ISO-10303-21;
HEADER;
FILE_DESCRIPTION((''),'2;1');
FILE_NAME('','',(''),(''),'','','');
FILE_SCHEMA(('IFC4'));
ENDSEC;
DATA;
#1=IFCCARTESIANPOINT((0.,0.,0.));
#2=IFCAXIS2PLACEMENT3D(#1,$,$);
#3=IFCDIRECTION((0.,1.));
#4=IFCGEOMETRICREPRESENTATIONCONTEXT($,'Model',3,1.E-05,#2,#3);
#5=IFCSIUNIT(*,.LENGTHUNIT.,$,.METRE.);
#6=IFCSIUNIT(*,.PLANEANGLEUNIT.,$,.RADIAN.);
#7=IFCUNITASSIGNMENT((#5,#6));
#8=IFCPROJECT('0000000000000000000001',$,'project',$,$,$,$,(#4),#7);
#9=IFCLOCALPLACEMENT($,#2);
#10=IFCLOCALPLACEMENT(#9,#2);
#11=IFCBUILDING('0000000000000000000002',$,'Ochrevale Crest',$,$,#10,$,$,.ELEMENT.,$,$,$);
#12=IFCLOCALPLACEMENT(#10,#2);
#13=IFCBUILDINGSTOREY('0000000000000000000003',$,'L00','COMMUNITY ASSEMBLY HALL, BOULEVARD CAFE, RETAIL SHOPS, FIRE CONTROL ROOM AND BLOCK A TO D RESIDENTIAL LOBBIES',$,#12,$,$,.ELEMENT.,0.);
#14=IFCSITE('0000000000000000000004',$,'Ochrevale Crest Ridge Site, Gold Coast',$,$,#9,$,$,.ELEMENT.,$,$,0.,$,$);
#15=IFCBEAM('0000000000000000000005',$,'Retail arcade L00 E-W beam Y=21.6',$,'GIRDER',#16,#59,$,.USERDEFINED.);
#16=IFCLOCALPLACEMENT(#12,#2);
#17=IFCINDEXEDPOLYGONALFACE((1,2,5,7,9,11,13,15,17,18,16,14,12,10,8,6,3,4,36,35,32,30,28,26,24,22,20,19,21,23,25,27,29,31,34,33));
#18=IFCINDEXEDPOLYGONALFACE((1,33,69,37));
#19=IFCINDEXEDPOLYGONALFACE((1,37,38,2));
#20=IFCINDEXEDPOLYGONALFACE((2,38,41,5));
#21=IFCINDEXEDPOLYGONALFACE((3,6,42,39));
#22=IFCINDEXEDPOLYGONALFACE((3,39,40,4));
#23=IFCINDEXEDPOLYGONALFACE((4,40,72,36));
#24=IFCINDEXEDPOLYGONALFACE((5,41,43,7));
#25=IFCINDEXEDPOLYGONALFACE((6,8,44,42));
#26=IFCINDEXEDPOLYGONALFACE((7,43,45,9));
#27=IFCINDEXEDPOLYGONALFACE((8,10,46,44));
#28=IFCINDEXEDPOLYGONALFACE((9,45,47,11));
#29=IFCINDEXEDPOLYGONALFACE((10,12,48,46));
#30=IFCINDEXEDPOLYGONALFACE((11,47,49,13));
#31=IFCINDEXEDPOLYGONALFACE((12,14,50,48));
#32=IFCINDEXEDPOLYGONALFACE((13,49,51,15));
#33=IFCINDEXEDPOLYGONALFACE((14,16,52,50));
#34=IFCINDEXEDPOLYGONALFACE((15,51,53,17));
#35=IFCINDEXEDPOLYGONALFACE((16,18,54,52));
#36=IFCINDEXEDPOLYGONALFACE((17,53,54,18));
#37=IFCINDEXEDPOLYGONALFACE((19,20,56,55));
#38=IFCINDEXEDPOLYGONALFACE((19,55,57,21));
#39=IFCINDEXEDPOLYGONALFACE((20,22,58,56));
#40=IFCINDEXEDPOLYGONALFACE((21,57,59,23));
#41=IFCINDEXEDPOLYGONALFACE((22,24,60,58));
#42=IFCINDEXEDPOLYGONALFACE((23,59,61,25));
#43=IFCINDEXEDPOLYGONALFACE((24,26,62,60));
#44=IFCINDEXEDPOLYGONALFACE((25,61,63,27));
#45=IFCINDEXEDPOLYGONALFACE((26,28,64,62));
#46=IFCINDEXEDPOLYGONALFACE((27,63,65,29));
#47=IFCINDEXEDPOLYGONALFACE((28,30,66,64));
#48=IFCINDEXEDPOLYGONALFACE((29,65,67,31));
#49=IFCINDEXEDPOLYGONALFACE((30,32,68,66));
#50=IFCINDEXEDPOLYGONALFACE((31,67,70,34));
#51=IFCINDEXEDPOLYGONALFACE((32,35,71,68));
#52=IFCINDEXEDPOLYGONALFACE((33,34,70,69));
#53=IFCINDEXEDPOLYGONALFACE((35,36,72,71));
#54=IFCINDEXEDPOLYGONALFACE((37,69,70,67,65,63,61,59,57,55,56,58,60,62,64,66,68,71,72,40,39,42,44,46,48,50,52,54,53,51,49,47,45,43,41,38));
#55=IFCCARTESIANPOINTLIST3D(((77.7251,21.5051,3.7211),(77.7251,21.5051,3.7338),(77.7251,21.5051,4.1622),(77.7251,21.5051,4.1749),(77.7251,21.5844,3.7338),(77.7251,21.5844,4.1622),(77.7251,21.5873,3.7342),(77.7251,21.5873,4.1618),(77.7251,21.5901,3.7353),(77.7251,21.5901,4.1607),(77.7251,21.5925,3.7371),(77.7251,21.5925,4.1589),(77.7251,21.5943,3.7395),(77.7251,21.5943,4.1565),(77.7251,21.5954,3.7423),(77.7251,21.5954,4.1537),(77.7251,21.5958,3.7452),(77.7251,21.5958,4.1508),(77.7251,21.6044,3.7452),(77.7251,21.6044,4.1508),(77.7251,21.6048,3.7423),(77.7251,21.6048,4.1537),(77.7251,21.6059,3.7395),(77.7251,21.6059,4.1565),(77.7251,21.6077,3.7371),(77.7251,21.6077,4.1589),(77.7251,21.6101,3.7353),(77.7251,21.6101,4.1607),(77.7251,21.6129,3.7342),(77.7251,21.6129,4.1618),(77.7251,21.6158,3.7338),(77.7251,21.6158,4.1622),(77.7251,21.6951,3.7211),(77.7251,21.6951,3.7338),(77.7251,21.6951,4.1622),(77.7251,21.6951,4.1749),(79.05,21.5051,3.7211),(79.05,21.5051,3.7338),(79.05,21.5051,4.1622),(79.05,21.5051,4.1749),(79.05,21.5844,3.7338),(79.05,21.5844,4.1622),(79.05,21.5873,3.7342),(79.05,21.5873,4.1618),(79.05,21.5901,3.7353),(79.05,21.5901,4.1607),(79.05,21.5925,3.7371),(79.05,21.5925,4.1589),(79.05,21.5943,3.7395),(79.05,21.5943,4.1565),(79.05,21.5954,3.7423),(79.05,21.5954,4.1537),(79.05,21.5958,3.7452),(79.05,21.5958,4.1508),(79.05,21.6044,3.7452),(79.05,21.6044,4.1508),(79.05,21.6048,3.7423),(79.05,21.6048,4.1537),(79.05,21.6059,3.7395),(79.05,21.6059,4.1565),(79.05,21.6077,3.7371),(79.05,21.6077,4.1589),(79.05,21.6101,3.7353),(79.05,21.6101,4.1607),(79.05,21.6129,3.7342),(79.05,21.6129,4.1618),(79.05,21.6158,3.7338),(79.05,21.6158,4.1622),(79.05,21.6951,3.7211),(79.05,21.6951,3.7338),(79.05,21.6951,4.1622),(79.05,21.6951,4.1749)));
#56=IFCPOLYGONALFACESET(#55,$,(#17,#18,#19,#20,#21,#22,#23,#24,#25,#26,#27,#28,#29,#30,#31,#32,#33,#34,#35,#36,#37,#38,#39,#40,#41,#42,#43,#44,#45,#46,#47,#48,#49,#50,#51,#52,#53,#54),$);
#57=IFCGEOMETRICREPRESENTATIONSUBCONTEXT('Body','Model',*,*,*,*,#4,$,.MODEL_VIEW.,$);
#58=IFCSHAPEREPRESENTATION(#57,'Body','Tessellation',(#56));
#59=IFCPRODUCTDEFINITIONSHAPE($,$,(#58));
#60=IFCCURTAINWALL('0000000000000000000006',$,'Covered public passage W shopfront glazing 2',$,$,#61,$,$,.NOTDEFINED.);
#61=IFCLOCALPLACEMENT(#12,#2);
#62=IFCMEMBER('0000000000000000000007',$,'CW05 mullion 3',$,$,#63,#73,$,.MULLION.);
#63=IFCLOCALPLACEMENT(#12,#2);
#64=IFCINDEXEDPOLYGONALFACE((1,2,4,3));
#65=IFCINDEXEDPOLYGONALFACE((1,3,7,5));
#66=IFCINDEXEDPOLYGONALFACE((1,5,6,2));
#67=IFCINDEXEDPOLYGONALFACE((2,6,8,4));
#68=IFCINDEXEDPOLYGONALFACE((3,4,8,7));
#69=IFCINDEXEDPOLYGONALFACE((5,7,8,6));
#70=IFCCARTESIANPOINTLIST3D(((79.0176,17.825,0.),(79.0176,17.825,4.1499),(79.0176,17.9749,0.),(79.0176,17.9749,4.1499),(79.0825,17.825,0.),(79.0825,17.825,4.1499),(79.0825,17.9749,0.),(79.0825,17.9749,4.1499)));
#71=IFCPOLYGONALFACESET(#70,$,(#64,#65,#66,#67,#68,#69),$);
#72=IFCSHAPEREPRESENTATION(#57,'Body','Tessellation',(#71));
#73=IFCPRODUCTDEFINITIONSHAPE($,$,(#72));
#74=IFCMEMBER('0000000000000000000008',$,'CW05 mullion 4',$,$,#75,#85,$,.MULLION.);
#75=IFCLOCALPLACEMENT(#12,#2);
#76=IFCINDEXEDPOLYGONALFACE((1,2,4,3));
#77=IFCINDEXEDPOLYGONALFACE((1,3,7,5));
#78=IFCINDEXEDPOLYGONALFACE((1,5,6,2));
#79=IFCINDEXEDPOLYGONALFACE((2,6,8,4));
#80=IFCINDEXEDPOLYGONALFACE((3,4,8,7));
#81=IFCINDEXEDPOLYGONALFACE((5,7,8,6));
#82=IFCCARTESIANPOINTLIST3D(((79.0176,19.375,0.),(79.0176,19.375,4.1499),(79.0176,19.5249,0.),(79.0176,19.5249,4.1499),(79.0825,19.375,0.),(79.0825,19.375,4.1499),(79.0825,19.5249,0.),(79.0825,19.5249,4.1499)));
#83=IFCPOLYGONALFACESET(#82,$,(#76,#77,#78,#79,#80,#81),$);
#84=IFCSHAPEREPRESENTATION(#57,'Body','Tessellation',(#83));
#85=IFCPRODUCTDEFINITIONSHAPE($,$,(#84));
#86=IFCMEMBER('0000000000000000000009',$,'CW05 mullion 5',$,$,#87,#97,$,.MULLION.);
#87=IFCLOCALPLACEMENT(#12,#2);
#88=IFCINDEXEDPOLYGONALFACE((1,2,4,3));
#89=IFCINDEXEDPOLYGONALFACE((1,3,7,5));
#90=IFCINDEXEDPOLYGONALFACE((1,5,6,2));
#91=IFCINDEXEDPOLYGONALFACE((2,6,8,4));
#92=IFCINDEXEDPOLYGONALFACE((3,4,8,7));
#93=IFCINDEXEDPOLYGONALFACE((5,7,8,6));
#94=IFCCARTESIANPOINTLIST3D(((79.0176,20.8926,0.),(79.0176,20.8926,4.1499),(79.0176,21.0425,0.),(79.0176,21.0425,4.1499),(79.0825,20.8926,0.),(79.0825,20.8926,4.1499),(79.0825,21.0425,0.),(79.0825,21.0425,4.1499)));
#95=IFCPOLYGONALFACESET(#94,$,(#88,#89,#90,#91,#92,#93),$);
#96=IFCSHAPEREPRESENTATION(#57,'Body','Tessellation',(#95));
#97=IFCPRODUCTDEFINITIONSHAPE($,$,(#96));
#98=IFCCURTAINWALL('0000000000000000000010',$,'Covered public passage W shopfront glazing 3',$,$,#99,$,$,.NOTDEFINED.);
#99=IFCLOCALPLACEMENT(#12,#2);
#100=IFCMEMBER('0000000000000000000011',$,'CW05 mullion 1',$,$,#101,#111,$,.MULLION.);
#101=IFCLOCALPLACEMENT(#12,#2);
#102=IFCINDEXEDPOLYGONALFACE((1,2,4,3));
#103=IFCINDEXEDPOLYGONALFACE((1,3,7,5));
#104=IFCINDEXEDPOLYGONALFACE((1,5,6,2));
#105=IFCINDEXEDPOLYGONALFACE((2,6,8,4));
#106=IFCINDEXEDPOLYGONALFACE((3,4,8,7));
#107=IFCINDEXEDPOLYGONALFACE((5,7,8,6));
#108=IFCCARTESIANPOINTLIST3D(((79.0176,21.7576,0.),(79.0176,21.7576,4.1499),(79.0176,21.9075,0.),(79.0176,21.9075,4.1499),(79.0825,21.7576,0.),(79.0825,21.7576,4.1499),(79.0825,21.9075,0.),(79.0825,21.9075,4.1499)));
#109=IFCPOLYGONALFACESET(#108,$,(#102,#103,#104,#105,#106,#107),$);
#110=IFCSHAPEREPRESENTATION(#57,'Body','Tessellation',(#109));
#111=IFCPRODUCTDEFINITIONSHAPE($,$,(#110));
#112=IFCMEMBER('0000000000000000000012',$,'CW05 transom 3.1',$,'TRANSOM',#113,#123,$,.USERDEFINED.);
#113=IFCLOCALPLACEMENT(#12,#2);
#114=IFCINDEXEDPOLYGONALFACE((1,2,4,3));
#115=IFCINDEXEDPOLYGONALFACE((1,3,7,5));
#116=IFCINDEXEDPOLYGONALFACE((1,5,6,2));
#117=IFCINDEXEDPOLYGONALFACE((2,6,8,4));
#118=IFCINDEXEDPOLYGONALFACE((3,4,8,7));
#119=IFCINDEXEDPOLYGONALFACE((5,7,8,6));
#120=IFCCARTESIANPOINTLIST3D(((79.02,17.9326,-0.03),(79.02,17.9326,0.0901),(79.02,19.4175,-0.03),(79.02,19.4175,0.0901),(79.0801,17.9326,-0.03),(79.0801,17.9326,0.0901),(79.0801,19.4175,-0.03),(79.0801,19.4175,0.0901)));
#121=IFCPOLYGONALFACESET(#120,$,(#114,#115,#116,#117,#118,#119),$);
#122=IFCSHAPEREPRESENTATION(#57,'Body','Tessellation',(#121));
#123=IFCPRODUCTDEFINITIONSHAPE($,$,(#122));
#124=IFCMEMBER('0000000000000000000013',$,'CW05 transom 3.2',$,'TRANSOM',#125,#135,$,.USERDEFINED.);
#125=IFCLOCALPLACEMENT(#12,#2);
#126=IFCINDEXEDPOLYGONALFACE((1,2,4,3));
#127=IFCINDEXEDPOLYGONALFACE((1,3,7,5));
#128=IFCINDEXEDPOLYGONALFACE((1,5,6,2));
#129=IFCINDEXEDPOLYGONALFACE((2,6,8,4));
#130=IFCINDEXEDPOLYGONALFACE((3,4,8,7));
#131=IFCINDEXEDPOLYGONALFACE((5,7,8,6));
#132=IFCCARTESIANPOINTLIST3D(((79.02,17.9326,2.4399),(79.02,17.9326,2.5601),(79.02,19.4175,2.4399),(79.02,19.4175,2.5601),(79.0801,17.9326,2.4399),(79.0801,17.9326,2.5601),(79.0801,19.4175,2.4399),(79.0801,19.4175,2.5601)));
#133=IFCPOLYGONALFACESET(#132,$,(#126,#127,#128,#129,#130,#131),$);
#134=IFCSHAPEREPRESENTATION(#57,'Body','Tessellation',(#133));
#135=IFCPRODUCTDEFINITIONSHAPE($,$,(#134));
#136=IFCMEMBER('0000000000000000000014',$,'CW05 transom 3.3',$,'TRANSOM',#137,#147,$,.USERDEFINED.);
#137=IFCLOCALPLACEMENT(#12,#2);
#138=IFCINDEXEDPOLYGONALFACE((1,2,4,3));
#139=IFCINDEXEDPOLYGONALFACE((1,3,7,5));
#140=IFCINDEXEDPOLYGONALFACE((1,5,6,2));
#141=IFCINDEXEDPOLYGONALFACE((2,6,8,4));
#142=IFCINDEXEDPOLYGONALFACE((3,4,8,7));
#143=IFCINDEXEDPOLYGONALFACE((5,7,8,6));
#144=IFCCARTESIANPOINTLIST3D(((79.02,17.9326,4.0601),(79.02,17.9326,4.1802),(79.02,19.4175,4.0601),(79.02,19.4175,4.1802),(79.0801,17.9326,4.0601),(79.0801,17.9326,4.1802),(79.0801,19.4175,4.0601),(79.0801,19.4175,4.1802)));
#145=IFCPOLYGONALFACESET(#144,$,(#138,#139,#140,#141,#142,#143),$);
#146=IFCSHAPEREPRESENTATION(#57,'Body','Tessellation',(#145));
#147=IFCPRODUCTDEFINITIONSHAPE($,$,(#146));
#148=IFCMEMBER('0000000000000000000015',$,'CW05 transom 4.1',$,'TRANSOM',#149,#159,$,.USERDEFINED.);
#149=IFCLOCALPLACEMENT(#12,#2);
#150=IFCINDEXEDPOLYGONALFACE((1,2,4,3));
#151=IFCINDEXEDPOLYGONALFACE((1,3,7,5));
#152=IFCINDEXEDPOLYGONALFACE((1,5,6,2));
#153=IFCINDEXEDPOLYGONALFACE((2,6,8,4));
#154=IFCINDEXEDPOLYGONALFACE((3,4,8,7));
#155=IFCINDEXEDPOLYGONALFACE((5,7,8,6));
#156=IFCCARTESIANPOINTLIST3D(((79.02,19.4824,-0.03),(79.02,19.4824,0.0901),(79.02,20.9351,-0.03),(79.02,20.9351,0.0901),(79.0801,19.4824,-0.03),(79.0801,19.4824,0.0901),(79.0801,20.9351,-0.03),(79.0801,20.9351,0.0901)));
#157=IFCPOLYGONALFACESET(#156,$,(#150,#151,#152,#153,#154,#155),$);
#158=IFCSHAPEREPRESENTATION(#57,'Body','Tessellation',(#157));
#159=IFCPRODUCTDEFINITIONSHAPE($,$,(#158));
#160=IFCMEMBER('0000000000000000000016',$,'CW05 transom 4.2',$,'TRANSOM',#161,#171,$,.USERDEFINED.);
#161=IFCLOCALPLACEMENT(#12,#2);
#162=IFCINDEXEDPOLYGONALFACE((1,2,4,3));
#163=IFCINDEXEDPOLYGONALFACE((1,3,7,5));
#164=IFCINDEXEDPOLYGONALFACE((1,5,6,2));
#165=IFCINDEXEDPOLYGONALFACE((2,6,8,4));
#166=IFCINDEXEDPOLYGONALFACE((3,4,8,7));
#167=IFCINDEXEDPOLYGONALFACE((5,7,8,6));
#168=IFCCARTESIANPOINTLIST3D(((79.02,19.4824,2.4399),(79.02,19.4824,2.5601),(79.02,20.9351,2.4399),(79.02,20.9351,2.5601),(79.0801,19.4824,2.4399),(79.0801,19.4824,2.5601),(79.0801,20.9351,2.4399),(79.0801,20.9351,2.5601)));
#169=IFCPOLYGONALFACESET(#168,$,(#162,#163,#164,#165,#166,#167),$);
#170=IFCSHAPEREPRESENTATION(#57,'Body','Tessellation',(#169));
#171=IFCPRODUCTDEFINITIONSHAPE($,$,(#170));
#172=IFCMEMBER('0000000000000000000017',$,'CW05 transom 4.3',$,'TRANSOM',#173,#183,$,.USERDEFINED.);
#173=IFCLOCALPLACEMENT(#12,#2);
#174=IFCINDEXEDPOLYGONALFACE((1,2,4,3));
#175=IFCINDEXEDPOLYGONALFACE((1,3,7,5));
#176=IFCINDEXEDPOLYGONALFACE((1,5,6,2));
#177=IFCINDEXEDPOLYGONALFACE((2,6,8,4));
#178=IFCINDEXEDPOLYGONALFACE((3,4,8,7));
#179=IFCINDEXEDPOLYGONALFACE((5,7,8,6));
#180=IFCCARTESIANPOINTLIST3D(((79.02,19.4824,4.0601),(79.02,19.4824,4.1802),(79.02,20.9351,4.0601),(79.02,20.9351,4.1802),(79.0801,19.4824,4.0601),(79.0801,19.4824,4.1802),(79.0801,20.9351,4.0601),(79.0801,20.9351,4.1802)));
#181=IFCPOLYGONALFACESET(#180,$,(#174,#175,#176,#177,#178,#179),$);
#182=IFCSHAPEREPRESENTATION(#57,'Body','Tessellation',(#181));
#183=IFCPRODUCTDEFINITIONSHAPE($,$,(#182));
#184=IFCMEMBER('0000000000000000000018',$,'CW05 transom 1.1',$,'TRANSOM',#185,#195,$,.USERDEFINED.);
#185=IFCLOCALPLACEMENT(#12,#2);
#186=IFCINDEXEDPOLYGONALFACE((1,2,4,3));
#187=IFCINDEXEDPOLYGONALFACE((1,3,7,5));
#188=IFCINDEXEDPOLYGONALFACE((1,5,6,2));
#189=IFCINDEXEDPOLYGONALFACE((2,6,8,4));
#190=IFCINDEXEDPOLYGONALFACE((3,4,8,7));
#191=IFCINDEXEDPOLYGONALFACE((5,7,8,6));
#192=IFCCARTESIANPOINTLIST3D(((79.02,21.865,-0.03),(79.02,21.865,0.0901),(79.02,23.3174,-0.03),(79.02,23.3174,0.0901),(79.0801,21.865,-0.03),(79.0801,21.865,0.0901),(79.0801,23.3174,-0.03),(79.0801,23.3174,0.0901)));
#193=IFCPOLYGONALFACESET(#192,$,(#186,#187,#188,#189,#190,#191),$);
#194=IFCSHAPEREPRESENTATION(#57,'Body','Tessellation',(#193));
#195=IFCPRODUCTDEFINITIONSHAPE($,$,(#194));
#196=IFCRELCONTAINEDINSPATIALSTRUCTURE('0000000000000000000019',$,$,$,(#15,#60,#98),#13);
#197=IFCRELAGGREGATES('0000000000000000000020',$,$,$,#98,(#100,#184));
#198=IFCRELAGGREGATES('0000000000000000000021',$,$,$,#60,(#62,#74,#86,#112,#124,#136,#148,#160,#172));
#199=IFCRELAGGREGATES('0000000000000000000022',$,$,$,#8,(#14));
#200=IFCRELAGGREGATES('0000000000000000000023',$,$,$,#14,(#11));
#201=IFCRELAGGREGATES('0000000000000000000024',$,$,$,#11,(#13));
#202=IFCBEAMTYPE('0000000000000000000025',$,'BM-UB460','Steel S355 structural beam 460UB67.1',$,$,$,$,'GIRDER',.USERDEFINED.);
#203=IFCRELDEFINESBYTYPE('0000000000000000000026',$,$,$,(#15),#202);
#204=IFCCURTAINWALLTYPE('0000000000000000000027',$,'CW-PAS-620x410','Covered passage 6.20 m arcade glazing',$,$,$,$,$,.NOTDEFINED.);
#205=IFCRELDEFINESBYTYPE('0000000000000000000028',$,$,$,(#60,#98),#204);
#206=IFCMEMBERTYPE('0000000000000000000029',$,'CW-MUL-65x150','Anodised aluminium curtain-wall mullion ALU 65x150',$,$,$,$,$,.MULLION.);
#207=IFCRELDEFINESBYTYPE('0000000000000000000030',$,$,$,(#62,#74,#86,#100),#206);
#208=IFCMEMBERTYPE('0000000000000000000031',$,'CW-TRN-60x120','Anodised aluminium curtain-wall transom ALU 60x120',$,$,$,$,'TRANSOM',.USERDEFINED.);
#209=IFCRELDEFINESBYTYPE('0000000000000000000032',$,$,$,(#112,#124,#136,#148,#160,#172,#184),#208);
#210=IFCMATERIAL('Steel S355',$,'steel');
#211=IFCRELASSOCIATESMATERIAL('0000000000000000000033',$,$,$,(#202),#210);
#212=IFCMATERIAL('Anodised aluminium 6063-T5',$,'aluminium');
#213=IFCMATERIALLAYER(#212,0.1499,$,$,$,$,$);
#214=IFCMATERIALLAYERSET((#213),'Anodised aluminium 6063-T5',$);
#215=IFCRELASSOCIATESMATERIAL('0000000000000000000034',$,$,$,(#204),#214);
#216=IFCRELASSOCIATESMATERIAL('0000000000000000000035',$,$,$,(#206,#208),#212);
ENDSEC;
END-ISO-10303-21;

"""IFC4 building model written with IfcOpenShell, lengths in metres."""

from ifc_helpers import new_model, si_unit, direction, frame, origin, origin_2d, place, context, subcontext, project, spatial, rectangle, i_section, extrude, material, layer, layer_set, material_profile, profile_set, type_object, element, aggregate, save


model = new_model("IFC4")

# Units and contexts
model_context = context("Model", 3, precision=1e-05, world=origin(), true_north=direction((0.0, 1.0)))
body_context = subcontext(model_context, "Body", "Model", "MODEL_VIEW")
ifc_project = project(units=[si_unit("LENGTHUNIT", "METRE"), si_unit("PLANEANGLEUNIT", "RADIAN")], contexts=[model_context])

# Site, building, storey
site_placement = place(None, origin())
site = spatial("IfcSite", under=ifc_project, at=site_placement, Name="Ochrevale Crest Ridge Site, Gold Coast", CompositionType="ELEMENT", RefElevation=0.0)
building_placement = place(site_placement, origin())
building = spatial("IfcBuilding", under=site, at=building_placement, Name="Ochrevale Crest", CompositionType="ELEMENT")
storey_placement = place(building_placement, origin())
storey = spatial("IfcBuildingStorey", under=building, at=storey_placement, Name="L00", Description="COMMUNITY ASSEMBLY HALL, BOULEVARD CAFE, RETAIL SHOPS, FIRE CONTROL ROOM AND BLOCK A TO D RESIDENTIAL LOBBIES", CompositionType="ELEMENT", Elevation=0.0)

# Beam
ifc_material_1 = material(Name="Steel S355", Category="steel")
ifc_material_profile_1 = material_profile(ifc_material_1, i_section(OverallWidth=0.1899, OverallDepth=0.4539, WebThickness=0.0085, FlangeThickness=0.0127, FilletRadius=0.0115, at=origin_2d()), Name="460UB67.1")
ifc_profile_set_1 = profile_set([ifc_material_profile_1], Name="Steel S355")
beam_type = type_object("IfcBeamType", Name="BM-UB460", Description="Steel S355 structural beam 460UB67.1", ElementType="GIRDER", PredefinedType="USERDEFINED", material=ifc_profile_set_1)
beam_placement = place(storey_placement, frame((77.7251, 21.6001, 3.948), z_axis=(1.0, 0.0, 0.0), x_axis=(0.0, 1.0, 0.0)))
element("IfcBeam", 1, at=beam_placement, inside=storey, type_object=beam_type, Name="Retail arcade L00 E-W beam Y=21.6", ObjectType="GIRDER", PredefinedType="USERDEFINED", context=body_context, shape_type="SweptSolid", body=[
    extrude(i_section(OverallWidth=0.1899, OverallDepth=0.4539, WebThickness=0.0085, FlangeThickness=0.0127, FilletRadius=0.0115, at=origin_2d()), origin(), (0.0, 0.0, 1.0), 1.325),
])

# Curtain wall, members
ifc_material_2 = material(Name="Anodised aluminium 6063-T5", Category="aluminium")
ifc_layer_1 = layer(ifc_material_2, 0.1499)
ifc_layer_set_1 = layer_set([ifc_layer_1], Name="Anodised aluminium 6063-T5")
curtain_wall_type = type_object("IfcCurtainWallType", Name="CW-PAS-620x410", Description="Covered passage 6.20 m arcade glazing", PredefinedType="NOTDEFINED", material=ifc_layer_set_1)
curtain_wall_1_placement = place(storey_placement, origin())
curtain_wall_1 = element("IfcCurtainWall", 2, at=curtain_wall_1_placement, inside=storey, type_object=curtain_wall_type, Name="Covered public passage W shopfront glazing 2", PredefinedType="NOTDEFINED")
ifc_material_profile_2 = material_profile(ifc_material_2, rectangle(XDim=0.0649, YDim=0.1499, at=origin_2d()), Name="ALU 65x150")
ifc_profile_set_2 = profile_set([ifc_material_profile_2], Name="Anodised aluminium 6063-T5")
member_type_1 = type_object("IfcMemberType", Name="CW-MUL-65x150", Description="Anodised aluminium curtain-wall mullion ALU 65x150", PredefinedType="MULLION", material=ifc_profile_set_2)
member_1_placement = place(storey_placement, frame((79.05, 17.8999, 0.0), z_axis=(0.0, 0.0, 1.0), x_axis=(-1.0, 0.0, 0.0)))
member_1 = element("IfcMember", 3, at=member_1_placement, type_object=member_type_1, Name="CW05 mullion 3", PredefinedType="MULLION", context=body_context, shape_type="SweptSolid", body=[
    extrude(rectangle(XDim=0.0649, YDim=0.1499, at=origin_2d()), origin(), (0.0, 0.0, 1.0), 4.1499),
])
member_2_placement = place(storey_placement, frame((79.05, 19.45, 0.0), z_axis=(0.0, 0.0, 1.0), x_axis=(-1.0, 0.0, 0.0)))
member_2 = element("IfcMember", 4, at=member_2_placement, type_object=member_type_1, Name="CW05 mullion 4", PredefinedType="MULLION", context=body_context, shape_type="SweptSolid", body=[
    extrude(rectangle(XDim=0.0649, YDim=0.1499, at=origin_2d()), origin(), (0.0, 0.0, 1.0), 4.1499),
])
member_3_placement = place(storey_placement, frame((79.05, 20.9675, 0.0), z_axis=(0.0, 0.0, 1.0), x_axis=(-1.0, 0.0, 0.0)))
member_3 = element("IfcMember", 5, at=member_3_placement, type_object=member_type_1, Name="CW05 mullion 5", PredefinedType="MULLION", context=body_context, shape_type="SweptSolid", body=[
    extrude(rectangle(XDim=0.0649, YDim=0.1499, at=origin_2d()), origin(), (0.0, 0.0, 1.0), 4.1499),
])

# Curtain wall, member
curtain_wall_2_placement = place(storey_placement, origin())
curtain_wall_2 = element("IfcCurtainWall", 6, at=curtain_wall_2_placement, inside=storey, type_object=curtain_wall_type, Name="Covered public passage W shopfront glazing 3", PredefinedType="NOTDEFINED")
member_4_placement = place(storey_placement, frame((79.05, 21.8325, 0.0), z_axis=(0.0, 0.0, 1.0), x_axis=(-1.0, 0.0, 0.0)))
member_4 = element("IfcMember", 7, at=member_4_placement, type_object=member_type_1, Name="CW05 mullion 1", PredefinedType="MULLION", context=body_context, shape_type="SweptSolid", body=[
    extrude(rectangle(XDim=0.0649, YDim=0.1499, at=origin_2d()), origin(), (0.0, 0.0, 1.0), 4.1499),
])

# Members
ifc_material_profile_3 = material_profile(ifc_material_2, rectangle(XDim=0.0601, YDim=0.1201, at=origin_2d()), Name="ALU 60x120")
ifc_profile_set_3 = profile_set([ifc_material_profile_3], Name="Anodised aluminium 6063-T5")
member_type_2 = type_object("IfcMemberType", Name="CW-TRN-60x120", Description="Anodised aluminium curtain-wall transom ALU 60x120", ElementType="TRANSOM", PredefinedType="USERDEFINED", material=ifc_profile_set_3)
member_5_placement = place(storey_placement, frame((79.05, 17.9326, 0.03), z_axis=(0.0, 1.0, 0.0), x_axis=(-1.0, 0.0, 0.0)))
member_5 = element("IfcMember", 8, at=member_5_placement, type_object=member_type_2, Name="CW05 transom 3.1", ObjectType="TRANSOM", PredefinedType="USERDEFINED", context=body_context, shape_type="SweptSolid", body=[
    extrude(rectangle(XDim=0.0601, YDim=0.1201, at=origin_2d()), origin(), (0.0, 0.0, 1.0), 1.4849),
])
member_6_placement = place(storey_placement, frame((79.05, 17.9326, 2.5), z_axis=(0.0, 1.0, 0.0), x_axis=(-1.0, 0.0, 0.0)))
member_6 = element("IfcMember", 9, at=member_6_placement, type_object=member_type_2, Name="CW05 transom 3.2", ObjectType="TRANSOM", PredefinedType="USERDEFINED", context=body_context, shape_type="SweptSolid", body=[
    extrude(rectangle(XDim=0.0601, YDim=0.1201, at=origin_2d()), origin(), (0.0, 0.0, 1.0), 1.4849),
])
member_7_placement = place(storey_placement, frame((79.05, 17.9326, 4.1201), z_axis=(0.0, 1.0, 0.0), x_axis=(-1.0, 0.0, 0.0)))
member_7 = element("IfcMember", 10, at=member_7_placement, type_object=member_type_2, Name="CW05 transom 3.3", ObjectType="TRANSOM", PredefinedType="USERDEFINED", context=body_context, shape_type="SweptSolid", body=[
    extrude(rectangle(XDim=0.0601, YDim=0.1201, at=origin_2d()), origin(), (0.0, 0.0, 1.0), 1.4849),
])
member_8_placement = place(storey_placement, frame((79.05, 19.4824, 0.03), z_axis=(0.0, 1.0, 0.0), x_axis=(-1.0, 0.0, 0.0)))
member_8 = element("IfcMember", 11, at=member_8_placement, type_object=member_type_2, Name="CW05 transom 4.1", ObjectType="TRANSOM", PredefinedType="USERDEFINED", context=body_context, shape_type="SweptSolid", body=[
    extrude(rectangle(XDim=0.0601, YDim=0.1201, at=origin_2d()), origin(), (0.0, 0.0, 1.0), 1.4526),
])
member_9_placement = place(storey_placement, frame((79.05, 19.4824, 2.5), z_axis=(0.0, 1.0, 0.0), x_axis=(-1.0, 0.0, 0.0)))
member_9 = element("IfcMember", 12, at=member_9_placement, type_object=member_type_2, Name="CW05 transom 4.2", ObjectType="TRANSOM", PredefinedType="USERDEFINED", context=body_context, shape_type="SweptSolid", body=[
    extrude(rectangle(XDim=0.0601, YDim=0.1201, at=origin_2d()), origin(), (0.0, 0.0, 1.0), 1.4526),
])
member_10_placement = place(storey_placement, frame((79.05, 19.4824, 4.1201), z_axis=(0.0, 1.0, 0.0), x_axis=(-1.0, 0.0, 0.0)))
member_10 = element("IfcMember", 13, at=member_10_placement, type_object=member_type_2, Name="CW05 transom 4.3", ObjectType="TRANSOM", PredefinedType="USERDEFINED", context=body_context, shape_type="SweptSolid", body=[
    extrude(rectangle(XDim=0.0601, YDim=0.1201, at=origin_2d()), origin(), (0.0, 0.0, 1.0), 1.4526),
])
member_11_placement = place(storey_placement, frame((79.05, 21.865, 0.03), z_axis=(0.0, 1.0, 0.0), x_axis=(-1.0, 0.0, 0.0)))
member_11 = element("IfcMember", 14, at=member_11_placement, type_object=member_type_2, Name="CW05 transom 1.1", ObjectType="TRANSOM", PredefinedType="USERDEFINED", context=body_context, shape_type="SweptSolid", body=[
    extrude(rectangle(XDim=0.0601, YDim=0.1201, at=origin_2d()), origin(), (0.0, 0.0, 1.0), 1.4524),
])
aggregate(curtain_wall_2, [member_4, member_11])

aggregate(curtain_wall_1, [member_1, member_2, member_3, member_5, member_6, member_7, member_8, member_9, member_10])

save(model, "model.ifc")
